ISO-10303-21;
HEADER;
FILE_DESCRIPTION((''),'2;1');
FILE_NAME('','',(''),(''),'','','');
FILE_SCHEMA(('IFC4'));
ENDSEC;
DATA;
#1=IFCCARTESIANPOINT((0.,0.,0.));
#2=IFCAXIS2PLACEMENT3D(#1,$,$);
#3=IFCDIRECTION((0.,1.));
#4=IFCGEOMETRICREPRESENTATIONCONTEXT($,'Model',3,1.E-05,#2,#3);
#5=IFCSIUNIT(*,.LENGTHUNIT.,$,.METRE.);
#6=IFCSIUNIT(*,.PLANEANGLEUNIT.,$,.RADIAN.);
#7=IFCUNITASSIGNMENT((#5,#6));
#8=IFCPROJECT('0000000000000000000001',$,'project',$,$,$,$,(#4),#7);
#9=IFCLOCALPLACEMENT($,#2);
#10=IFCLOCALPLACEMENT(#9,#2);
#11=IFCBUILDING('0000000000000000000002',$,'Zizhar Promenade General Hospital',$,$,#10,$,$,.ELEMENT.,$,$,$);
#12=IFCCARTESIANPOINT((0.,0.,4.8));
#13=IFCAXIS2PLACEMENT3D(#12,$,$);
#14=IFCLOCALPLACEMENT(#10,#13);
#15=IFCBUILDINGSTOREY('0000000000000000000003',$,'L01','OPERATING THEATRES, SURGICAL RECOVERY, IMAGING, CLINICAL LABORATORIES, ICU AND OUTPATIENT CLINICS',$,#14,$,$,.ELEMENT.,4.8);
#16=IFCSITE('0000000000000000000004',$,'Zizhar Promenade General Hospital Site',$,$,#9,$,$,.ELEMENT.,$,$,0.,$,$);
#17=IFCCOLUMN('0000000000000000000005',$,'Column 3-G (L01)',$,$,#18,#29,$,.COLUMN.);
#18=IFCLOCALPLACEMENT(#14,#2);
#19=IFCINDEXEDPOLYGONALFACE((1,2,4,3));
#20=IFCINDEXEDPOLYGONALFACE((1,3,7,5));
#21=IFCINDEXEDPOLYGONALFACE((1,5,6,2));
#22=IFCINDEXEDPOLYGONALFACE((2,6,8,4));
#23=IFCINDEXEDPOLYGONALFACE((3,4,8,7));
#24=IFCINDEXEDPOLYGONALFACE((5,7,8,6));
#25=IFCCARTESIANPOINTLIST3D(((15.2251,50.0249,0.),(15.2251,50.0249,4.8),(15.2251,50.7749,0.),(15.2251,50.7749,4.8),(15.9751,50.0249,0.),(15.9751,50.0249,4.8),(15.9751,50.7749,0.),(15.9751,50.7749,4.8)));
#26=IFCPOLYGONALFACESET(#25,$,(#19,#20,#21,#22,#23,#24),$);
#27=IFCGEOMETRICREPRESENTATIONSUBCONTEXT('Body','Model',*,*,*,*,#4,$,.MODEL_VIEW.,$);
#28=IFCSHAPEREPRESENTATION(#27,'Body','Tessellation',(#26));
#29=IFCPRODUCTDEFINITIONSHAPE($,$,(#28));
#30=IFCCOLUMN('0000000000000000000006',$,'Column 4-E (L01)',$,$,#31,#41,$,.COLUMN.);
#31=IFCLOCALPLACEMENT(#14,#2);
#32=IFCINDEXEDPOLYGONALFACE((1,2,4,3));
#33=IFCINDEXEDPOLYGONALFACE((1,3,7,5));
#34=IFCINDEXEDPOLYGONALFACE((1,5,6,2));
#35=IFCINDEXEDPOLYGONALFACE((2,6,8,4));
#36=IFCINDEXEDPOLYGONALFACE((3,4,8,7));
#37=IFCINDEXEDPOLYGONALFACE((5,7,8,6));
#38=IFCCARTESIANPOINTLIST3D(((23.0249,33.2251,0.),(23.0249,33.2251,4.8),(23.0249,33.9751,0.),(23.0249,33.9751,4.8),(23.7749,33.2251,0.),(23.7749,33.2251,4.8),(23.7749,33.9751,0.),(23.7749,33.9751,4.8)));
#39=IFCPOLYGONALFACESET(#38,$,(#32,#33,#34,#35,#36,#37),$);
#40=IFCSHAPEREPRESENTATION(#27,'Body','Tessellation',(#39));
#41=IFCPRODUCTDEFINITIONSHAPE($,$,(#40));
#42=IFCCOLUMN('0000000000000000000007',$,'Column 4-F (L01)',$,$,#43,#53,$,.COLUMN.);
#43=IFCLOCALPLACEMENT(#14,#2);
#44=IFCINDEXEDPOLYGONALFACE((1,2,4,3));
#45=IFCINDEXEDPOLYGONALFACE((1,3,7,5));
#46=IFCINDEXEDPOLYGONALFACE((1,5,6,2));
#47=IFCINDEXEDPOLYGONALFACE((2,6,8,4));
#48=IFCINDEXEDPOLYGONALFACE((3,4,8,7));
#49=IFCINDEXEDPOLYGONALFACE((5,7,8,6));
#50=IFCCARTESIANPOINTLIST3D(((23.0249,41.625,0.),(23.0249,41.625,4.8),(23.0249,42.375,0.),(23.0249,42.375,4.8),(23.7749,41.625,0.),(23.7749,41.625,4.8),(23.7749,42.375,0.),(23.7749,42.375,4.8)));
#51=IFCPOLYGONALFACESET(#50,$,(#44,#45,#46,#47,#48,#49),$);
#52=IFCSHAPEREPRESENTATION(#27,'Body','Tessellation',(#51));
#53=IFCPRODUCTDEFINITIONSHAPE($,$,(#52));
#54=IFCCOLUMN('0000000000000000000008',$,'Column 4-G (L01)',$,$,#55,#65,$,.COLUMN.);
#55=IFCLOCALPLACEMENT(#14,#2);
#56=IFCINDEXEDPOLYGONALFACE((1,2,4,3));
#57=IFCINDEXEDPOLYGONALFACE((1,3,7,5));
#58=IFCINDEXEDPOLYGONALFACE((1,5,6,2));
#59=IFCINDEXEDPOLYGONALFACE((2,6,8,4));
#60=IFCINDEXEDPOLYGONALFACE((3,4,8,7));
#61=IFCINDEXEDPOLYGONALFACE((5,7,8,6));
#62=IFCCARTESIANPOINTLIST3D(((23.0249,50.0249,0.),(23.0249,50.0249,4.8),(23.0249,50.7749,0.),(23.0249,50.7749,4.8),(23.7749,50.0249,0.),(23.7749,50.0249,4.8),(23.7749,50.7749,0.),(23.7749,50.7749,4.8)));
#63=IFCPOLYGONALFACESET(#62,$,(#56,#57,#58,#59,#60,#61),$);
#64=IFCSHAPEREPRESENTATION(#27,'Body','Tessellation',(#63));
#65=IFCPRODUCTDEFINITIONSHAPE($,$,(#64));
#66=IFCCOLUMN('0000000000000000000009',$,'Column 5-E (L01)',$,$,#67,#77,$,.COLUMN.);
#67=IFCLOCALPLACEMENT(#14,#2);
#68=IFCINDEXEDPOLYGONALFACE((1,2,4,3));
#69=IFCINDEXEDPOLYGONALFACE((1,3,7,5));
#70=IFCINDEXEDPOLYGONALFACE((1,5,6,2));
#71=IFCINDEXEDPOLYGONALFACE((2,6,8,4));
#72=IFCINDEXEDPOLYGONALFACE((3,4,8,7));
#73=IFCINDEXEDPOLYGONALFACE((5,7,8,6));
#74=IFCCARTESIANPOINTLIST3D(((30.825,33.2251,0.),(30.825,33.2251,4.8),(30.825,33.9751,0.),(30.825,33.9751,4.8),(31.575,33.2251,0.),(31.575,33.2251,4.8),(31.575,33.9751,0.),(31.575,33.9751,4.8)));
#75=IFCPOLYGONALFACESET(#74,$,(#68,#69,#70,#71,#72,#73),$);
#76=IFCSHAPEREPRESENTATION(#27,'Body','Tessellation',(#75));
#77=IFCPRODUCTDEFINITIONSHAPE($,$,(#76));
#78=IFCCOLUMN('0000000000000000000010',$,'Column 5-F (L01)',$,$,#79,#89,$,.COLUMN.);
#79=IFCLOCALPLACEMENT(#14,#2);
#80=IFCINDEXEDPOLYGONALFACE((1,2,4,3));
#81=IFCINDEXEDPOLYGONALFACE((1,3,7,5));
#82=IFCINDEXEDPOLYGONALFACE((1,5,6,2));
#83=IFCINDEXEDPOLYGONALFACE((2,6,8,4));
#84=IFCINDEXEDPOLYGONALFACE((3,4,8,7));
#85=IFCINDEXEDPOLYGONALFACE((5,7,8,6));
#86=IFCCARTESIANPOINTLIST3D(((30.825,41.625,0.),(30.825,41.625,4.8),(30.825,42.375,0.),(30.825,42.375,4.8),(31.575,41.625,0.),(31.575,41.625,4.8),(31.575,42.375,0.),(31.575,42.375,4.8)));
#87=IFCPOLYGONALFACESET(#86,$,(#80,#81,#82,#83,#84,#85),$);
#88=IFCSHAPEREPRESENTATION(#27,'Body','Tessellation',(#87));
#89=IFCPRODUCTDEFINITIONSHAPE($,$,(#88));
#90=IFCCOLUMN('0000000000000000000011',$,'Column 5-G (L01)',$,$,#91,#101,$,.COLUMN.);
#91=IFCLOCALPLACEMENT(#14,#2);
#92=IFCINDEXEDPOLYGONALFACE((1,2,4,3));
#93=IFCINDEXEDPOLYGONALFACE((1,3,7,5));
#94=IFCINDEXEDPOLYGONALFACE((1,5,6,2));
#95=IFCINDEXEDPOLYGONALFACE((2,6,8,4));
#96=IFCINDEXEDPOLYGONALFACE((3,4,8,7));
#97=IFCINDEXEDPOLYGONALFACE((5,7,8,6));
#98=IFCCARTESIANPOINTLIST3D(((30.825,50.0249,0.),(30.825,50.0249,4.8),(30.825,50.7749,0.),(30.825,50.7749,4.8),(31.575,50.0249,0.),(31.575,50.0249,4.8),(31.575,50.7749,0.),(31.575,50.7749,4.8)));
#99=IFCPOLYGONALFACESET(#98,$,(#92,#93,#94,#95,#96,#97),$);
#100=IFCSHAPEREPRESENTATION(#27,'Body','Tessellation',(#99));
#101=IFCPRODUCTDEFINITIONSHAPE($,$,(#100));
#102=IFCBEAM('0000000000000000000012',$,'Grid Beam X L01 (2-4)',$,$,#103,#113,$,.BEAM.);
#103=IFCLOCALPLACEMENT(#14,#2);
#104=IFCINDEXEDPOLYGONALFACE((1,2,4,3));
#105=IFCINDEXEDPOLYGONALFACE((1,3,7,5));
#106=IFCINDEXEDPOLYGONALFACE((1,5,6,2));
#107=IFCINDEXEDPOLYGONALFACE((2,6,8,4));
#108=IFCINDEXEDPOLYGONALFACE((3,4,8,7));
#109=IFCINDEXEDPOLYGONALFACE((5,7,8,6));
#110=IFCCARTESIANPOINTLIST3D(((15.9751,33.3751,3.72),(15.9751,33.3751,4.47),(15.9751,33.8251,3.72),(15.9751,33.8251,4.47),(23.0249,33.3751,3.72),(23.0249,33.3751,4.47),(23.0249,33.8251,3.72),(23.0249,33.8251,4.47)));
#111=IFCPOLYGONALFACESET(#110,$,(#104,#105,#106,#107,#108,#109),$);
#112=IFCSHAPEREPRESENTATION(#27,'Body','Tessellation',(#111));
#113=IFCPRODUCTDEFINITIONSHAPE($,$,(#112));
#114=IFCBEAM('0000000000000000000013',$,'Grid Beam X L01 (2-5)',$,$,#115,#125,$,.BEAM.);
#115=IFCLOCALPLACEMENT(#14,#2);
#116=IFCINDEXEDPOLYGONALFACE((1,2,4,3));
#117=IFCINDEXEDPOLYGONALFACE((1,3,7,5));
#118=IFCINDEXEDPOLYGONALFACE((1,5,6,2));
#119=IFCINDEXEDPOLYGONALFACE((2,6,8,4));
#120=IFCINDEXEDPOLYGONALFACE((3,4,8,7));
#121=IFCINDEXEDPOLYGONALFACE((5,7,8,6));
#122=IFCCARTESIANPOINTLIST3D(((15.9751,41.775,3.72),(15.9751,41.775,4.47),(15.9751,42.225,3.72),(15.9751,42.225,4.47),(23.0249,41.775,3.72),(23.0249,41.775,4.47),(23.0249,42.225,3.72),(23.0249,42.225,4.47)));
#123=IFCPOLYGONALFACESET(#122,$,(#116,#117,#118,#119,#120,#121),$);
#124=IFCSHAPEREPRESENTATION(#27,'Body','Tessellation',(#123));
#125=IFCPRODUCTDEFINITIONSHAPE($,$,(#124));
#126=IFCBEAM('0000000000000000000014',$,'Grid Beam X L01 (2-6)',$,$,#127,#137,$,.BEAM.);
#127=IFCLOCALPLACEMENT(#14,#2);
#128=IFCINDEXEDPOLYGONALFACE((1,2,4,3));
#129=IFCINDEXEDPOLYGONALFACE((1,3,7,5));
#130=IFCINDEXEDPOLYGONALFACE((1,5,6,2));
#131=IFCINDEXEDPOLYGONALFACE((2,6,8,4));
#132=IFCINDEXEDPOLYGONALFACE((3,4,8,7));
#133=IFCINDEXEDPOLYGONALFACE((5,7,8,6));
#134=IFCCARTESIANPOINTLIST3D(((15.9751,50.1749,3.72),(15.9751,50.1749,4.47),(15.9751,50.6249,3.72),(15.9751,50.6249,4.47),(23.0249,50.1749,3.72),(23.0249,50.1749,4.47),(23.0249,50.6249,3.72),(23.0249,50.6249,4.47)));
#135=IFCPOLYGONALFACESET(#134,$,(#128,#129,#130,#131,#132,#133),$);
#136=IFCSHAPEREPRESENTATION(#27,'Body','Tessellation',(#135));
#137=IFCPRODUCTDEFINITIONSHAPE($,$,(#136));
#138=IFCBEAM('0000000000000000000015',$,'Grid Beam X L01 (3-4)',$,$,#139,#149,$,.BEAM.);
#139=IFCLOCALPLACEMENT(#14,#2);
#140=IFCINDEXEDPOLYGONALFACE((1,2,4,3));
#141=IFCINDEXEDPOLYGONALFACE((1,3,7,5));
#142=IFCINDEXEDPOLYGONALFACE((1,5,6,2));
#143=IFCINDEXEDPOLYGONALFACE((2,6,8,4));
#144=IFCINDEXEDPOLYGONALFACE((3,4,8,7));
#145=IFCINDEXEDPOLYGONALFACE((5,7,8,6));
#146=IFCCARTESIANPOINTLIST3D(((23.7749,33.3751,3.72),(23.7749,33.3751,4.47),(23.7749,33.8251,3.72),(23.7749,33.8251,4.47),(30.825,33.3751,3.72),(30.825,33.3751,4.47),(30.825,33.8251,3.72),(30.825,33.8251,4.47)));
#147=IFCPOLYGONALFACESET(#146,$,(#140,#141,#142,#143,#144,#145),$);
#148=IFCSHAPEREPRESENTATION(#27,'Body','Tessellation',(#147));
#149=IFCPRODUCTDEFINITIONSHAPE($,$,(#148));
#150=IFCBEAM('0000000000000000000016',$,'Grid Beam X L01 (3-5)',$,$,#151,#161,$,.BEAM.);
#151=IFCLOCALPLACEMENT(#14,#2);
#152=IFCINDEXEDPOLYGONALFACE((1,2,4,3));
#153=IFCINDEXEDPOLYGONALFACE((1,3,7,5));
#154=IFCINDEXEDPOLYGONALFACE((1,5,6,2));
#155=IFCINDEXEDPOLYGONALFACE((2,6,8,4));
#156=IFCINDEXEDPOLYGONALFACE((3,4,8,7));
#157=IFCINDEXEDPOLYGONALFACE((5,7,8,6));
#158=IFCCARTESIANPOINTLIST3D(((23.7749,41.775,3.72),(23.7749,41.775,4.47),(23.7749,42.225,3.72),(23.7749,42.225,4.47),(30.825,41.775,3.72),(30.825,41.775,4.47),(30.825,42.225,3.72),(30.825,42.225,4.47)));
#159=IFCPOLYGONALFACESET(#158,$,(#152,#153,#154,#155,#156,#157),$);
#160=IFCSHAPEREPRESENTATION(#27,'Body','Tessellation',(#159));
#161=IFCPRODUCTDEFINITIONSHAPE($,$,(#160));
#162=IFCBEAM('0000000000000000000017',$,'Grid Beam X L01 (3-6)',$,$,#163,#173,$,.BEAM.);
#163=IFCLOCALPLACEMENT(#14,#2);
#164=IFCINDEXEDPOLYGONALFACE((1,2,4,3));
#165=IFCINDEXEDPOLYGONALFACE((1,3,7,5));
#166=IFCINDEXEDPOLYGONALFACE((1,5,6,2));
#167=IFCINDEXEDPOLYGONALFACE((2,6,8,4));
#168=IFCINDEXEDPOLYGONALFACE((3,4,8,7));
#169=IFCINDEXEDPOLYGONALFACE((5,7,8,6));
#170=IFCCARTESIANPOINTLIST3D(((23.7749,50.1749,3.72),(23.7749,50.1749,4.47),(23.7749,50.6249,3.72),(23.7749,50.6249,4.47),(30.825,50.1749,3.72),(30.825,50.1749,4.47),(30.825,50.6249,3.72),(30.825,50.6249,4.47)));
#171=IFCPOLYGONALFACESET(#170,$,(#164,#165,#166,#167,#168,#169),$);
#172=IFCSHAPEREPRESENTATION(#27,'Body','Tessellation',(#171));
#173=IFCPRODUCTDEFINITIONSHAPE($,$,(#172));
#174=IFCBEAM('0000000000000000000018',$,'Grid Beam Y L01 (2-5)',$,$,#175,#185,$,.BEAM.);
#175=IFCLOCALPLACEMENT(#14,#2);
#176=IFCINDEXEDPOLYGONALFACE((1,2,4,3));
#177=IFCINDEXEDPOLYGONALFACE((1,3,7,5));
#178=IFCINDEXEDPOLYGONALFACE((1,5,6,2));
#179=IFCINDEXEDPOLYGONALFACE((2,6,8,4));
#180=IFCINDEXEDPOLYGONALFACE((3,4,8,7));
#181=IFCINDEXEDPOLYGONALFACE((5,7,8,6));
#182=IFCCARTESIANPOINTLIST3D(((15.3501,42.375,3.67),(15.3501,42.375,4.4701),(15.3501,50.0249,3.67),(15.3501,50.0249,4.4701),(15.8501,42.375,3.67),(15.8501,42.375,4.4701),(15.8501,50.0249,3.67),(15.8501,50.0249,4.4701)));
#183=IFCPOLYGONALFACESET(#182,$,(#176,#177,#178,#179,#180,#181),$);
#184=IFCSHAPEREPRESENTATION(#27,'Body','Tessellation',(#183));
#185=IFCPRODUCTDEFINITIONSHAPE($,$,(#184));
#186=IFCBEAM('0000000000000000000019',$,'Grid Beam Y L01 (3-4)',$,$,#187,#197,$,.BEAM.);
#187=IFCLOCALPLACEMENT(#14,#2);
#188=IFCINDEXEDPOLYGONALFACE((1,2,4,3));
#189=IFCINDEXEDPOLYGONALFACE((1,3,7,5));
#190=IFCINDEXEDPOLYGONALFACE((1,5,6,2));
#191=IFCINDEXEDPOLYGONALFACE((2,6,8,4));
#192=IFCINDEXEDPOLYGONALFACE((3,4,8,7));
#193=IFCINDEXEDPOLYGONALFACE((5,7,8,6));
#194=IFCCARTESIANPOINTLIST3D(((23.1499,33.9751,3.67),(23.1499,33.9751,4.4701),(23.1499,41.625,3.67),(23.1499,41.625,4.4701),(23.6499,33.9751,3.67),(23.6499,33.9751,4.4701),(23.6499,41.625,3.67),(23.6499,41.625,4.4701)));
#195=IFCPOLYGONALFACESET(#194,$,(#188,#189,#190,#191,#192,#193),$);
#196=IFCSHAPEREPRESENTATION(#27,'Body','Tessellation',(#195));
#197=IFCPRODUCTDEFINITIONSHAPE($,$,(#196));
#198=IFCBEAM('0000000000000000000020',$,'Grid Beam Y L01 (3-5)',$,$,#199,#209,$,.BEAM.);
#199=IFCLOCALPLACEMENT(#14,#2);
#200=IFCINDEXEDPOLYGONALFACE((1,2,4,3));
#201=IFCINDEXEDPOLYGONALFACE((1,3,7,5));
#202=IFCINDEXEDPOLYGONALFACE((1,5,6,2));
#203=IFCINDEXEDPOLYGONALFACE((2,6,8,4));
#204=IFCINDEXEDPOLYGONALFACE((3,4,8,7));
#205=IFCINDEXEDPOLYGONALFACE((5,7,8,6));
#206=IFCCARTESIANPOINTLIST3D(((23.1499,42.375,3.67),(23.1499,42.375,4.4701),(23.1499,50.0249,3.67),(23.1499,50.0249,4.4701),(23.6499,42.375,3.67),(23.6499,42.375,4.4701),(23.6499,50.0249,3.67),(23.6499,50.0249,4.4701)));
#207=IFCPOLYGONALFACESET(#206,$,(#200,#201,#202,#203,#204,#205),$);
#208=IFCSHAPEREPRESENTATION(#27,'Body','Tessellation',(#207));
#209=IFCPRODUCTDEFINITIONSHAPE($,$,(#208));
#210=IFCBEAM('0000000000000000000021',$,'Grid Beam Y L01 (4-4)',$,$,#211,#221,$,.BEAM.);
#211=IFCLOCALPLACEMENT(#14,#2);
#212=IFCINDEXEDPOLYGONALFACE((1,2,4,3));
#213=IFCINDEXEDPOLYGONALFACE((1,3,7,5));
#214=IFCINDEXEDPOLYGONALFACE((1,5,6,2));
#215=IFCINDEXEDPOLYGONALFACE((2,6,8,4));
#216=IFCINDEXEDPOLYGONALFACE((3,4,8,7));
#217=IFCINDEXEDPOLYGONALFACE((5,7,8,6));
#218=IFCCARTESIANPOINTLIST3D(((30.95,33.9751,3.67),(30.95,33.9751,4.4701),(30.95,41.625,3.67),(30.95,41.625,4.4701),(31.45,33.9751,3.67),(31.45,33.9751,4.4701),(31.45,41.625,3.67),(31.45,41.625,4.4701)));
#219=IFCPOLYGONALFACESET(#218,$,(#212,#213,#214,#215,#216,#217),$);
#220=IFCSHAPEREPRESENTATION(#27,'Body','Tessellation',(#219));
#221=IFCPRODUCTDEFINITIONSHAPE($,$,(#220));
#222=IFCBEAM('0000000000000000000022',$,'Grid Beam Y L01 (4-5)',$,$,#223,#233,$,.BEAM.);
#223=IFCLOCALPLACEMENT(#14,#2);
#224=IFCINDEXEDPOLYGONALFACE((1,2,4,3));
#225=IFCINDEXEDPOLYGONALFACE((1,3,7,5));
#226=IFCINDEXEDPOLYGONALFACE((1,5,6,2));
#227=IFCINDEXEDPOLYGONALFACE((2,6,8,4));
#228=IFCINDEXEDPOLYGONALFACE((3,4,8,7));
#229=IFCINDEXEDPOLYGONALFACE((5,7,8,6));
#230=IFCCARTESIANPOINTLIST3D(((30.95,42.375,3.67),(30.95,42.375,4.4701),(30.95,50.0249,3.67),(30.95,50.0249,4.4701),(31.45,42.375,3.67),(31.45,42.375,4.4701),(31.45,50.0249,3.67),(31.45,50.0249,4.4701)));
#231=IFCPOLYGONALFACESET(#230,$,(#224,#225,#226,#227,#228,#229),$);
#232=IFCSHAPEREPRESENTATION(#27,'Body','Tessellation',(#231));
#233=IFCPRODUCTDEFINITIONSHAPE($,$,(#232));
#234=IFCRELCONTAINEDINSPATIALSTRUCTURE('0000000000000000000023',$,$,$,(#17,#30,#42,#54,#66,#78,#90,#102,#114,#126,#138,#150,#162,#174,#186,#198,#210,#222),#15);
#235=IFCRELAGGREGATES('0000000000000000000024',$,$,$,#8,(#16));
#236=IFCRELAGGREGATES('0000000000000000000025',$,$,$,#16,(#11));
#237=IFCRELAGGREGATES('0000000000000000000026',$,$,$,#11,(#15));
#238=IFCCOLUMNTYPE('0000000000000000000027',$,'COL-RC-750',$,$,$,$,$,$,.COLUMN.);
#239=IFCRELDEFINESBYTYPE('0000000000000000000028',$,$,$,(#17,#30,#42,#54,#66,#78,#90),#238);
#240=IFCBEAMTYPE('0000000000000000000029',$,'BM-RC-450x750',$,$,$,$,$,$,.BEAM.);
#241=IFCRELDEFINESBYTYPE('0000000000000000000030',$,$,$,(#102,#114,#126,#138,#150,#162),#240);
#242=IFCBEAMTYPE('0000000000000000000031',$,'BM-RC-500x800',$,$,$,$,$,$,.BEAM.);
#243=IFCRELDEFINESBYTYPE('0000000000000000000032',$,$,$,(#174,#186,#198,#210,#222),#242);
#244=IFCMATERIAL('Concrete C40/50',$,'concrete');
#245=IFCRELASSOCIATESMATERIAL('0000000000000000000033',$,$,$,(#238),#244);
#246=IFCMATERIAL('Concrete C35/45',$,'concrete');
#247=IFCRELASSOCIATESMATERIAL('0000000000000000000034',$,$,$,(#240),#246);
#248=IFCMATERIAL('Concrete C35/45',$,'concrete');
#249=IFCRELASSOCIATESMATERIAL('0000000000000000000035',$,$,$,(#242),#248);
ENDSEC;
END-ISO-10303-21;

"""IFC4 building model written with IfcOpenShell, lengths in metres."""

from ifc_helpers import new_model, si_unit, direction, frame, origin, origin_2d, place, context, subcontext, project, spatial, rectangle, extrude, material, material_profile, profile_set, type_object, element, save


model = new_model("IFC4")

# Units and contexts
model_context = context("Model", 3, precision=1e-05, world=origin(), true_north=direction((0.0, 1.0)))
body_context = subcontext(model_context, "Body", "Model", "MODEL_VIEW")
ifc_project = project(units=[si_unit("LENGTHUNIT", "METRE"), si_unit("PLANEANGLEUNIT", "RADIAN")], contexts=[model_context])

# Site, building, storey
site_placement = place(None, origin())
site = spatial("IfcSite", under=ifc_project, at=site_placement, Name="Zizhar Promenade General Hospital Site", CompositionType="ELEMENT", RefElevation=0.0)
building_placement = place(site_placement, origin())
building = spatial("IfcBuilding", under=site, at=building_placement, Name="Zizhar Promenade General Hospital", CompositionType="ELEMENT")
storey_placement = place(building_placement, frame((0.0, 0.0, 4.8)))
storey = spatial("IfcBuildingStorey", under=building, at=storey_placement, Name="L01", Description="OPERATING THEATRES, SURGICAL RECOVERY, IMAGING, CLINICAL LABORATORIES, ICU AND OUTPATIENT CLINICS", CompositionType="ELEMENT", Elevation=4.8)

# Columns
ifc_material_1 = material(Name="Concrete C40/50", Category="concrete")
ifc_material_profile_1 = material_profile(ifc_material_1, rectangle(XDim=0.75, YDim=0.75, at=origin_2d()))
ifc_profile_set_1 = profile_set([ifc_material_profile_1], Name="Concrete C40/50")
column_type = type_object("IfcColumnType", Name="COL-RC-750", PredefinedType="COLUMN", material=ifc_profile_set_1)
for number, where, z_axis, x_axis, name in (
    (1, (15.6001, 50.3999, 0.0), (0.0, 0.0, 1.0), (1.0, 0.0, 0.0), "Column 3-G (L01)"),
    (2, (23.3999, 33.6001, 0.0), (0.0, 0.0, 1.0), (1.0, 0.0, 0.0), "Column 4-E (L01)"),
    (3, (23.3999, 42.0, 0.0), (0.0, 0.0, 1.0), (1.0, 0.0, 0.0), "Column 4-F (L01)"),
    (4, (23.3999, 50.3999, 0.0), (0.0, 0.0, 1.0), (1.0, 0.0, 0.0), "Column 4-G (L01)"),
    (5, (31.2, 33.6001, 0.0), (0.0, 0.0, 1.0), (1.0, 0.0, 0.0), "Column 5-E (L01)"),
    (6, (31.2, 42.0, 0.0), (0.0, 0.0, 1.0), (1.0, 0.0, 0.0), "Column 5-F (L01)"),
    (7, (31.2, 50.3999, 0.0), (0.0, 0.0, 1.0), (1.0, 0.0, 0.0), "Column 5-G (L01)"),
):
    element("IfcColumn", number, at=place(storey_placement, frame(where, z_axis=z_axis, x_axis=x_axis)), inside=storey, type_object=column_type, Name=name, PredefinedType="COLUMN", context=body_context, shape_type="SweptSolid", body=[
        extrude(rectangle(XDim=0.75, YDim=0.75, at=origin_2d()), origin(), (0.0, 0.0, 1.0), 4.8),
    ])

# Beams
ifc_material_2 = material(Name="Concrete C35/45", Category="concrete")
ifc_material_profile_2 = material_profile(ifc_material_2, rectangle(XDim=0.45, YDim=0.75, at=origin_2d()))
ifc_profile_set_2 = profile_set([ifc_material_profile_2], Name="Concrete C35/45")
beam_type_1 = type_object("IfcBeamType", Name="BM-RC-450x750", PredefinedType="BEAM", material=ifc_profile_set_2)
for number, where, z_axis, x_axis, name in (
    (8, (15.9751, 33.6001, 4.095), (1.0, 0.0, 0.0), (0.0, 1.0, 0.0), "Grid Beam X L01 (2-4)"),
    (9, (15.9751, 42.0, 4.095), (1.0, 0.0, 0.0), (0.0, 1.0, 0.0), "Grid Beam X L01 (2-5)"),
    (10, (15.9751, 50.3999, 4.095), (1.0, 0.0, 0.0), (0.0, 1.0, 0.0), "Grid Beam X L01 (2-6)"),
):
    element("IfcBeam", number, at=place(storey_placement, frame(where, z_axis=z_axis, x_axis=x_axis)), inside=storey, type_object=beam_type_1, Name=name, PredefinedType="BEAM", context=body_context, shape_type="SweptSolid", body=[
        extrude(rectangle(XDim=0.45, YDim=0.75, at=origin_2d()), origin(), (0.0, 0.0, 1.0), 7.0498),
    ])
for number, where, z_axis, x_axis, name in (
    (11, (23.7749, 33.6001, 4.095), (1.0, 0.0, 0.0), (0.0, 1.0, 0.0), "Grid Beam X L01 (3-4)"),
    (12, (23.7749, 42.0, 4.095), (1.0, 0.0, 0.0), (0.0, 1.0, 0.0), "Grid Beam X L01 (3-5)"),
    (13, (23.7749, 50.3999, 4.095), (1.0, 0.0, 0.0), (0.0, 1.0, 0.0), "Grid Beam X L01 (3-6)"),
):
    element("IfcBeam", number, at=place(storey_placement, frame(where, z_axis=z_axis, x_axis=x_axis)), inside=storey, type_object=beam_type_1, Name=name, PredefinedType="BEAM", context=body_context, shape_type="SweptSolid", body=[
        extrude(rectangle(XDim=0.45, YDim=0.75, at=origin_2d()), origin(), (0.0, 0.0, 1.0), 7.05),
    ])
ifc_material_3 = material(Name="Concrete C35/45", Category="concrete")
ifc_material_profile_3 = material_profile(ifc_material_3, rectangle(XDim=0.5, YDim=0.8, at=origin_2d()))
ifc_profile_set_3 = profile_set([ifc_material_profile_3], Name="Concrete C35/45")
beam_type_2 = type_object("IfcBeamType", Name="BM-RC-500x800", PredefinedType="BEAM", material=ifc_profile_set_3)
for number, where, z_axis, x_axis, name in (
    (14, (15.6001, 42.375, 4.0701), (0.0, 1.0, 0.0), (-1.0, 0.0, 0.0), "Grid Beam Y L01 (2-5)"),
    (15, (23.3999, 33.9751, 4.0701), (0.0, 1.0, 0.0), (-1.0, 0.0, 0.0), "Grid Beam Y L01 (3-4)"),
    (16, (23.3999, 42.375, 4.0701), (0.0, 1.0, 0.0), (-1.0, 0.0, 0.0), "Grid Beam Y L01 (3-5)"),
    (17, (31.2, 33.9751, 4.0701), (0.0, 1.0, 0.0), (-1.0, 0.0, 0.0), "Grid Beam Y L01 (4-4)"),
    (18, (31.2, 42.375, 4.0701), (0.0, 1.0, 0.0), (-1.0, 0.0, 0.0), "Grid Beam Y L01 (4-5)"),
):
    element("IfcBeam", number, at=place(storey_placement, frame(where, z_axis=z_axis, x_axis=x_axis)), inside=storey, type_object=beam_type_2, Name=name, PredefinedType="BEAM", context=body_context, shape_type="SweptSolid", body=[
        extrude(rectangle(XDim=0.5, YDim=0.8, at=origin_2d()), origin(), (0.0, 0.0, 1.0), 7.6499),
    ])

save(model, "model.ifc")
